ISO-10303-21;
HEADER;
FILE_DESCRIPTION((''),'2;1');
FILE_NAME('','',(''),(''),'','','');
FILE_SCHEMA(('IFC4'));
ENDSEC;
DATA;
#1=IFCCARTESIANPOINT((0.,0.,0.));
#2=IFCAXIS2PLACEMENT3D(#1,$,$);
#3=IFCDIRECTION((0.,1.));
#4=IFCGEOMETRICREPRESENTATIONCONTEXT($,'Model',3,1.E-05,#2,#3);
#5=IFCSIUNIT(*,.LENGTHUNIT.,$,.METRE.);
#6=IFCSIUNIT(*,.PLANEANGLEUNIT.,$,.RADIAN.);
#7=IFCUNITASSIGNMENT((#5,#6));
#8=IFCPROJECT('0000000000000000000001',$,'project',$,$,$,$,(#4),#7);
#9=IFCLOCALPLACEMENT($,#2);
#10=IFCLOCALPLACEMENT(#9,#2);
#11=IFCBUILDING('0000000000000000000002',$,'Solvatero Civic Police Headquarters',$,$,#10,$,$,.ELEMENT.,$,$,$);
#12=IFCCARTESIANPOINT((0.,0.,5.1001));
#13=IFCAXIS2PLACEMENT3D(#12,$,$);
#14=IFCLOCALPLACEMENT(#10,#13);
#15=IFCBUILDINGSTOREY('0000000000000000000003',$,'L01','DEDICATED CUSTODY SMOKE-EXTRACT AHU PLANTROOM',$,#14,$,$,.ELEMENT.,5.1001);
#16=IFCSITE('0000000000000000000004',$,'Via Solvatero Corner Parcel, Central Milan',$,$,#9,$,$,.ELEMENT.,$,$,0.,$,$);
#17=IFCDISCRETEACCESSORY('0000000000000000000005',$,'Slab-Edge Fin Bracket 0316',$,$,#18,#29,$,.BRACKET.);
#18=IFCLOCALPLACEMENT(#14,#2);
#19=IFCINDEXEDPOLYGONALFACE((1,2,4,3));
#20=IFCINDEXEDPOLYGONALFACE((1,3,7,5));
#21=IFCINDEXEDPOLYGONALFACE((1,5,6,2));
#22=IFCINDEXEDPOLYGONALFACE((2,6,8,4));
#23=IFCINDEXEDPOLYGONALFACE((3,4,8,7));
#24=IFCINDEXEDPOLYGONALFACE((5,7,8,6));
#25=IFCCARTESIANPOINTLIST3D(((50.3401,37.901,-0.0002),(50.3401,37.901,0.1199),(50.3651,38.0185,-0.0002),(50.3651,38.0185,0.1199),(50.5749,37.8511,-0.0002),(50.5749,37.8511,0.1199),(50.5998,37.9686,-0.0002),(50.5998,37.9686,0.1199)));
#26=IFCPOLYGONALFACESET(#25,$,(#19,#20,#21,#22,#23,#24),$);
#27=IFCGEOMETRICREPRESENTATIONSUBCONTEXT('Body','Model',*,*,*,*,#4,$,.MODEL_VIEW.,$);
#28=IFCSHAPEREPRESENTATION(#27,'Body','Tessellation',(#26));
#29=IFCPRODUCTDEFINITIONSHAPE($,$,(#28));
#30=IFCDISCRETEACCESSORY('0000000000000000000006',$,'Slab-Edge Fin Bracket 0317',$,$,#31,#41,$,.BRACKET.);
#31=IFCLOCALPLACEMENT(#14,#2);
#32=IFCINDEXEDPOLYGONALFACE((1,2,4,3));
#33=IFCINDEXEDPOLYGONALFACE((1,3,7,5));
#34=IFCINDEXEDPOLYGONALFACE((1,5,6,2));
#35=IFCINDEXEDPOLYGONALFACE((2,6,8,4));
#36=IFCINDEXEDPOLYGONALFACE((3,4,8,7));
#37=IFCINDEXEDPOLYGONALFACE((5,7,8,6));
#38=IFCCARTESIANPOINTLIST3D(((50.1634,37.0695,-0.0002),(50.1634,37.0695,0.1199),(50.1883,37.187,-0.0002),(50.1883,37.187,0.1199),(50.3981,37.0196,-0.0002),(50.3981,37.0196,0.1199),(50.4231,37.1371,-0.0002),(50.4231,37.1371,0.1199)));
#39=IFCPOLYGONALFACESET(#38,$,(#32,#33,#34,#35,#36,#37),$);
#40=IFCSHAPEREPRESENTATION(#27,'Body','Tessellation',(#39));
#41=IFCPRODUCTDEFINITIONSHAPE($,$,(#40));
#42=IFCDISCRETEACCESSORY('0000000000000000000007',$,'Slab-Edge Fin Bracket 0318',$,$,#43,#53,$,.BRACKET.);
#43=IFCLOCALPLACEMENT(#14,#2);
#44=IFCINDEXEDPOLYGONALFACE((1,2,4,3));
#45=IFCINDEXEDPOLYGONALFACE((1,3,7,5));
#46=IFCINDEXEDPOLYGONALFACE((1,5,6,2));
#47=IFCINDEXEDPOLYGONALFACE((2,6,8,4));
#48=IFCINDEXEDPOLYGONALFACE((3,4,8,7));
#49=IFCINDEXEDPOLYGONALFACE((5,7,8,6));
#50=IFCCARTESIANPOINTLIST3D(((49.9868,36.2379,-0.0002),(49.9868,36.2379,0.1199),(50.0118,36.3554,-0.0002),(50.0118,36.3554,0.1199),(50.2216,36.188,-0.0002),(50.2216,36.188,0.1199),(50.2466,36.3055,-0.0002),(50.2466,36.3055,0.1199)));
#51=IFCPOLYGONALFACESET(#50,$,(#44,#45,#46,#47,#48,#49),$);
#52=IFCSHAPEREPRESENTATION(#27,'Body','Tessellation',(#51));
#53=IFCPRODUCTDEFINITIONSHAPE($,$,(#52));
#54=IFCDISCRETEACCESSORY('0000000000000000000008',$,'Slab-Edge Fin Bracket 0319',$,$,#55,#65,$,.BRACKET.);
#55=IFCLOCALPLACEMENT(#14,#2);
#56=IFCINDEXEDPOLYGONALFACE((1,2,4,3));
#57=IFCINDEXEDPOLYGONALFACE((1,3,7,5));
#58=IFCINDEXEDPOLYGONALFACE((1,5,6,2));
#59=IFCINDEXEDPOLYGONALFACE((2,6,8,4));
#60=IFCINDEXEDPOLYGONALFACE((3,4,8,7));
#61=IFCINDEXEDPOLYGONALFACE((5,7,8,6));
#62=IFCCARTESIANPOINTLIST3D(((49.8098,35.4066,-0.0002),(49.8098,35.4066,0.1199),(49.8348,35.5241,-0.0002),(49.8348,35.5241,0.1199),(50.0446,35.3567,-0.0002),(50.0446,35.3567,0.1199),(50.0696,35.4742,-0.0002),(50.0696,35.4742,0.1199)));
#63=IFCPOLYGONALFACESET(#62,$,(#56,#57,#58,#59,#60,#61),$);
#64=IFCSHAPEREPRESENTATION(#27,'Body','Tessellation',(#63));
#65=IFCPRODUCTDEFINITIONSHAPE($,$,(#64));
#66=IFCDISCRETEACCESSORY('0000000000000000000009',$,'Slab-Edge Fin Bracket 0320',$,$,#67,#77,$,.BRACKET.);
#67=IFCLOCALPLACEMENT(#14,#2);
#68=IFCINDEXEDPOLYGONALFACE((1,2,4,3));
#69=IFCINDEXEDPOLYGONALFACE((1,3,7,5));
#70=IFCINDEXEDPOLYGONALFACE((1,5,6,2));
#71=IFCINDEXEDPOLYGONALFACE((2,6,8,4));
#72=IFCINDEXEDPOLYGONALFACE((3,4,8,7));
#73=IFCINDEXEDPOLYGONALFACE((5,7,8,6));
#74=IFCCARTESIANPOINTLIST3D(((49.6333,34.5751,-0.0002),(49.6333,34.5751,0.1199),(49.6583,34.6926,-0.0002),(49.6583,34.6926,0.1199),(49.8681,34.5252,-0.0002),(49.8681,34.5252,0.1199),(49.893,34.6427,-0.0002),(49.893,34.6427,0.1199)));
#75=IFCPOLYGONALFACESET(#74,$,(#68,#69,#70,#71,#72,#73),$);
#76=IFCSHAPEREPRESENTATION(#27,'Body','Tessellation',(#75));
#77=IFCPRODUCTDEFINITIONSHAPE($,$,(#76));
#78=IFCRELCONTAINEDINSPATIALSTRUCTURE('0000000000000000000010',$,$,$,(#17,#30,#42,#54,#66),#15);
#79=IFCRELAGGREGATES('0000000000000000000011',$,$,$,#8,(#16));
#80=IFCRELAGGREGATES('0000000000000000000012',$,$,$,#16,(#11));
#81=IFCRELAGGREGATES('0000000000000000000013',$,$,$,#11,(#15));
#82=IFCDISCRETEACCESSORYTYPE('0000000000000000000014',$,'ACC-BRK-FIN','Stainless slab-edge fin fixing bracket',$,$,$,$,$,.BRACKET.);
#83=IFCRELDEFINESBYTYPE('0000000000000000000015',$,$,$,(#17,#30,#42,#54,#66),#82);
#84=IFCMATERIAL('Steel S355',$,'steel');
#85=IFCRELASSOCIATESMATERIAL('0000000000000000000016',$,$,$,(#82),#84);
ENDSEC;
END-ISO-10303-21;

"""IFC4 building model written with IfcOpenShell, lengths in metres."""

from ifc_helpers import new_model, si_unit, direction, frame, origin, origin_2d, place, context, subcontext, project, spatial, rectangle, extrude, material, type_object, element, save


model = new_model("IFC4")

# Units and contexts
model_context = context("Model", 3, precision=1e-05, world=origin(), true_north=direction((0.0, 1.0)))
body_context = subcontext(model_context, "Body", "Model", "MODEL_VIEW")
ifc_project = project(units=[si_unit("LENGTHUNIT", "METRE"), si_unit("PLANEANGLEUNIT", "RADIAN")], contexts=[model_context])

# Site, building, storey
site_placement = place(None, origin())
site = spatial("IfcSite", under=ifc_project, at=site_placement, Name="Via Solvatero Corner Parcel, Central Milan", CompositionType="ELEMENT", RefElevation=0.0)
building_placement = place(site_placement, origin())
building = spatial("IfcBuilding", under=site, at=building_placement, Name="Solvatero Civic Police Headquarters", CompositionType="ELEMENT")
storey_placement = place(building_placement, frame((0.0, 0.0, 5.1001)))
storey = spatial("IfcBuildingStorey", under=building, at=storey_placement, Name="L01", Description="DEDICATED CUSTODY SMOKE-EXTRACT AHU PLANTROOM", CompositionType="ELEMENT", Elevation=5.1001)

# Shared definitions
ifc_material_1 = material(Name="Steel S355", Category="steel")

# Discrete accessories
discrete_accessory_type = type_object("IfcDiscreteAccessoryType", Name="ACC-BRK-FIN", Description="Stainless slab-edge fin fixing bracket", PredefinedType="BRACKET", material=ifc_material_1)
for number, where, z_axis, x_axis, name in (
    (1, (50.47, 37.9348, -0.0002), (0.0, 0.0, 1.0), (-0.207912, -0.978148, 0.0), "Slab-Edge Fin Bracket 0316"),
    (2, (50.2932, 37.1033, -0.0002), (0.0, 0.0, 1.0), (-0.207912, -0.978148, 0.0), "Slab-Edge Fin Bracket 0317"),
    (3, (50.1167, 36.2717, -0.0002), (0.0, 0.0, 1.0), (-0.207912, -0.978148, 0.0), "Slab-Edge Fin Bracket 0318"),
    (4, (49.9397, 35.4404, -0.0002), (0.0, 0.0, 1.0), (-0.207912, -0.978148, 0.0), "Slab-Edge Fin Bracket 0319"),
    (5, (49.7632, 34.6089, -0.0002), (0.0, 0.0, 1.0), (-0.207912, -0.978148, 0.0), "Slab-Edge Fin Bracket 0320"),
):
    element("IfcDiscreteAccessory", number, at=place(storey_placement, frame(where, z_axis=z_axis, x_axis=x_axis)), inside=storey, type_object=discrete_accessory_type, Name=name, PredefinedType="BRACKET", context=body_context, shape_type="SweptSolid", body=[
        extrude(rectangle(XDim=0.1201, YDim=0.24, at=origin_2d()), origin(), (0.0, 0.0, 1.0), 0.1201),
    ])

save(model, "model.ifc")
